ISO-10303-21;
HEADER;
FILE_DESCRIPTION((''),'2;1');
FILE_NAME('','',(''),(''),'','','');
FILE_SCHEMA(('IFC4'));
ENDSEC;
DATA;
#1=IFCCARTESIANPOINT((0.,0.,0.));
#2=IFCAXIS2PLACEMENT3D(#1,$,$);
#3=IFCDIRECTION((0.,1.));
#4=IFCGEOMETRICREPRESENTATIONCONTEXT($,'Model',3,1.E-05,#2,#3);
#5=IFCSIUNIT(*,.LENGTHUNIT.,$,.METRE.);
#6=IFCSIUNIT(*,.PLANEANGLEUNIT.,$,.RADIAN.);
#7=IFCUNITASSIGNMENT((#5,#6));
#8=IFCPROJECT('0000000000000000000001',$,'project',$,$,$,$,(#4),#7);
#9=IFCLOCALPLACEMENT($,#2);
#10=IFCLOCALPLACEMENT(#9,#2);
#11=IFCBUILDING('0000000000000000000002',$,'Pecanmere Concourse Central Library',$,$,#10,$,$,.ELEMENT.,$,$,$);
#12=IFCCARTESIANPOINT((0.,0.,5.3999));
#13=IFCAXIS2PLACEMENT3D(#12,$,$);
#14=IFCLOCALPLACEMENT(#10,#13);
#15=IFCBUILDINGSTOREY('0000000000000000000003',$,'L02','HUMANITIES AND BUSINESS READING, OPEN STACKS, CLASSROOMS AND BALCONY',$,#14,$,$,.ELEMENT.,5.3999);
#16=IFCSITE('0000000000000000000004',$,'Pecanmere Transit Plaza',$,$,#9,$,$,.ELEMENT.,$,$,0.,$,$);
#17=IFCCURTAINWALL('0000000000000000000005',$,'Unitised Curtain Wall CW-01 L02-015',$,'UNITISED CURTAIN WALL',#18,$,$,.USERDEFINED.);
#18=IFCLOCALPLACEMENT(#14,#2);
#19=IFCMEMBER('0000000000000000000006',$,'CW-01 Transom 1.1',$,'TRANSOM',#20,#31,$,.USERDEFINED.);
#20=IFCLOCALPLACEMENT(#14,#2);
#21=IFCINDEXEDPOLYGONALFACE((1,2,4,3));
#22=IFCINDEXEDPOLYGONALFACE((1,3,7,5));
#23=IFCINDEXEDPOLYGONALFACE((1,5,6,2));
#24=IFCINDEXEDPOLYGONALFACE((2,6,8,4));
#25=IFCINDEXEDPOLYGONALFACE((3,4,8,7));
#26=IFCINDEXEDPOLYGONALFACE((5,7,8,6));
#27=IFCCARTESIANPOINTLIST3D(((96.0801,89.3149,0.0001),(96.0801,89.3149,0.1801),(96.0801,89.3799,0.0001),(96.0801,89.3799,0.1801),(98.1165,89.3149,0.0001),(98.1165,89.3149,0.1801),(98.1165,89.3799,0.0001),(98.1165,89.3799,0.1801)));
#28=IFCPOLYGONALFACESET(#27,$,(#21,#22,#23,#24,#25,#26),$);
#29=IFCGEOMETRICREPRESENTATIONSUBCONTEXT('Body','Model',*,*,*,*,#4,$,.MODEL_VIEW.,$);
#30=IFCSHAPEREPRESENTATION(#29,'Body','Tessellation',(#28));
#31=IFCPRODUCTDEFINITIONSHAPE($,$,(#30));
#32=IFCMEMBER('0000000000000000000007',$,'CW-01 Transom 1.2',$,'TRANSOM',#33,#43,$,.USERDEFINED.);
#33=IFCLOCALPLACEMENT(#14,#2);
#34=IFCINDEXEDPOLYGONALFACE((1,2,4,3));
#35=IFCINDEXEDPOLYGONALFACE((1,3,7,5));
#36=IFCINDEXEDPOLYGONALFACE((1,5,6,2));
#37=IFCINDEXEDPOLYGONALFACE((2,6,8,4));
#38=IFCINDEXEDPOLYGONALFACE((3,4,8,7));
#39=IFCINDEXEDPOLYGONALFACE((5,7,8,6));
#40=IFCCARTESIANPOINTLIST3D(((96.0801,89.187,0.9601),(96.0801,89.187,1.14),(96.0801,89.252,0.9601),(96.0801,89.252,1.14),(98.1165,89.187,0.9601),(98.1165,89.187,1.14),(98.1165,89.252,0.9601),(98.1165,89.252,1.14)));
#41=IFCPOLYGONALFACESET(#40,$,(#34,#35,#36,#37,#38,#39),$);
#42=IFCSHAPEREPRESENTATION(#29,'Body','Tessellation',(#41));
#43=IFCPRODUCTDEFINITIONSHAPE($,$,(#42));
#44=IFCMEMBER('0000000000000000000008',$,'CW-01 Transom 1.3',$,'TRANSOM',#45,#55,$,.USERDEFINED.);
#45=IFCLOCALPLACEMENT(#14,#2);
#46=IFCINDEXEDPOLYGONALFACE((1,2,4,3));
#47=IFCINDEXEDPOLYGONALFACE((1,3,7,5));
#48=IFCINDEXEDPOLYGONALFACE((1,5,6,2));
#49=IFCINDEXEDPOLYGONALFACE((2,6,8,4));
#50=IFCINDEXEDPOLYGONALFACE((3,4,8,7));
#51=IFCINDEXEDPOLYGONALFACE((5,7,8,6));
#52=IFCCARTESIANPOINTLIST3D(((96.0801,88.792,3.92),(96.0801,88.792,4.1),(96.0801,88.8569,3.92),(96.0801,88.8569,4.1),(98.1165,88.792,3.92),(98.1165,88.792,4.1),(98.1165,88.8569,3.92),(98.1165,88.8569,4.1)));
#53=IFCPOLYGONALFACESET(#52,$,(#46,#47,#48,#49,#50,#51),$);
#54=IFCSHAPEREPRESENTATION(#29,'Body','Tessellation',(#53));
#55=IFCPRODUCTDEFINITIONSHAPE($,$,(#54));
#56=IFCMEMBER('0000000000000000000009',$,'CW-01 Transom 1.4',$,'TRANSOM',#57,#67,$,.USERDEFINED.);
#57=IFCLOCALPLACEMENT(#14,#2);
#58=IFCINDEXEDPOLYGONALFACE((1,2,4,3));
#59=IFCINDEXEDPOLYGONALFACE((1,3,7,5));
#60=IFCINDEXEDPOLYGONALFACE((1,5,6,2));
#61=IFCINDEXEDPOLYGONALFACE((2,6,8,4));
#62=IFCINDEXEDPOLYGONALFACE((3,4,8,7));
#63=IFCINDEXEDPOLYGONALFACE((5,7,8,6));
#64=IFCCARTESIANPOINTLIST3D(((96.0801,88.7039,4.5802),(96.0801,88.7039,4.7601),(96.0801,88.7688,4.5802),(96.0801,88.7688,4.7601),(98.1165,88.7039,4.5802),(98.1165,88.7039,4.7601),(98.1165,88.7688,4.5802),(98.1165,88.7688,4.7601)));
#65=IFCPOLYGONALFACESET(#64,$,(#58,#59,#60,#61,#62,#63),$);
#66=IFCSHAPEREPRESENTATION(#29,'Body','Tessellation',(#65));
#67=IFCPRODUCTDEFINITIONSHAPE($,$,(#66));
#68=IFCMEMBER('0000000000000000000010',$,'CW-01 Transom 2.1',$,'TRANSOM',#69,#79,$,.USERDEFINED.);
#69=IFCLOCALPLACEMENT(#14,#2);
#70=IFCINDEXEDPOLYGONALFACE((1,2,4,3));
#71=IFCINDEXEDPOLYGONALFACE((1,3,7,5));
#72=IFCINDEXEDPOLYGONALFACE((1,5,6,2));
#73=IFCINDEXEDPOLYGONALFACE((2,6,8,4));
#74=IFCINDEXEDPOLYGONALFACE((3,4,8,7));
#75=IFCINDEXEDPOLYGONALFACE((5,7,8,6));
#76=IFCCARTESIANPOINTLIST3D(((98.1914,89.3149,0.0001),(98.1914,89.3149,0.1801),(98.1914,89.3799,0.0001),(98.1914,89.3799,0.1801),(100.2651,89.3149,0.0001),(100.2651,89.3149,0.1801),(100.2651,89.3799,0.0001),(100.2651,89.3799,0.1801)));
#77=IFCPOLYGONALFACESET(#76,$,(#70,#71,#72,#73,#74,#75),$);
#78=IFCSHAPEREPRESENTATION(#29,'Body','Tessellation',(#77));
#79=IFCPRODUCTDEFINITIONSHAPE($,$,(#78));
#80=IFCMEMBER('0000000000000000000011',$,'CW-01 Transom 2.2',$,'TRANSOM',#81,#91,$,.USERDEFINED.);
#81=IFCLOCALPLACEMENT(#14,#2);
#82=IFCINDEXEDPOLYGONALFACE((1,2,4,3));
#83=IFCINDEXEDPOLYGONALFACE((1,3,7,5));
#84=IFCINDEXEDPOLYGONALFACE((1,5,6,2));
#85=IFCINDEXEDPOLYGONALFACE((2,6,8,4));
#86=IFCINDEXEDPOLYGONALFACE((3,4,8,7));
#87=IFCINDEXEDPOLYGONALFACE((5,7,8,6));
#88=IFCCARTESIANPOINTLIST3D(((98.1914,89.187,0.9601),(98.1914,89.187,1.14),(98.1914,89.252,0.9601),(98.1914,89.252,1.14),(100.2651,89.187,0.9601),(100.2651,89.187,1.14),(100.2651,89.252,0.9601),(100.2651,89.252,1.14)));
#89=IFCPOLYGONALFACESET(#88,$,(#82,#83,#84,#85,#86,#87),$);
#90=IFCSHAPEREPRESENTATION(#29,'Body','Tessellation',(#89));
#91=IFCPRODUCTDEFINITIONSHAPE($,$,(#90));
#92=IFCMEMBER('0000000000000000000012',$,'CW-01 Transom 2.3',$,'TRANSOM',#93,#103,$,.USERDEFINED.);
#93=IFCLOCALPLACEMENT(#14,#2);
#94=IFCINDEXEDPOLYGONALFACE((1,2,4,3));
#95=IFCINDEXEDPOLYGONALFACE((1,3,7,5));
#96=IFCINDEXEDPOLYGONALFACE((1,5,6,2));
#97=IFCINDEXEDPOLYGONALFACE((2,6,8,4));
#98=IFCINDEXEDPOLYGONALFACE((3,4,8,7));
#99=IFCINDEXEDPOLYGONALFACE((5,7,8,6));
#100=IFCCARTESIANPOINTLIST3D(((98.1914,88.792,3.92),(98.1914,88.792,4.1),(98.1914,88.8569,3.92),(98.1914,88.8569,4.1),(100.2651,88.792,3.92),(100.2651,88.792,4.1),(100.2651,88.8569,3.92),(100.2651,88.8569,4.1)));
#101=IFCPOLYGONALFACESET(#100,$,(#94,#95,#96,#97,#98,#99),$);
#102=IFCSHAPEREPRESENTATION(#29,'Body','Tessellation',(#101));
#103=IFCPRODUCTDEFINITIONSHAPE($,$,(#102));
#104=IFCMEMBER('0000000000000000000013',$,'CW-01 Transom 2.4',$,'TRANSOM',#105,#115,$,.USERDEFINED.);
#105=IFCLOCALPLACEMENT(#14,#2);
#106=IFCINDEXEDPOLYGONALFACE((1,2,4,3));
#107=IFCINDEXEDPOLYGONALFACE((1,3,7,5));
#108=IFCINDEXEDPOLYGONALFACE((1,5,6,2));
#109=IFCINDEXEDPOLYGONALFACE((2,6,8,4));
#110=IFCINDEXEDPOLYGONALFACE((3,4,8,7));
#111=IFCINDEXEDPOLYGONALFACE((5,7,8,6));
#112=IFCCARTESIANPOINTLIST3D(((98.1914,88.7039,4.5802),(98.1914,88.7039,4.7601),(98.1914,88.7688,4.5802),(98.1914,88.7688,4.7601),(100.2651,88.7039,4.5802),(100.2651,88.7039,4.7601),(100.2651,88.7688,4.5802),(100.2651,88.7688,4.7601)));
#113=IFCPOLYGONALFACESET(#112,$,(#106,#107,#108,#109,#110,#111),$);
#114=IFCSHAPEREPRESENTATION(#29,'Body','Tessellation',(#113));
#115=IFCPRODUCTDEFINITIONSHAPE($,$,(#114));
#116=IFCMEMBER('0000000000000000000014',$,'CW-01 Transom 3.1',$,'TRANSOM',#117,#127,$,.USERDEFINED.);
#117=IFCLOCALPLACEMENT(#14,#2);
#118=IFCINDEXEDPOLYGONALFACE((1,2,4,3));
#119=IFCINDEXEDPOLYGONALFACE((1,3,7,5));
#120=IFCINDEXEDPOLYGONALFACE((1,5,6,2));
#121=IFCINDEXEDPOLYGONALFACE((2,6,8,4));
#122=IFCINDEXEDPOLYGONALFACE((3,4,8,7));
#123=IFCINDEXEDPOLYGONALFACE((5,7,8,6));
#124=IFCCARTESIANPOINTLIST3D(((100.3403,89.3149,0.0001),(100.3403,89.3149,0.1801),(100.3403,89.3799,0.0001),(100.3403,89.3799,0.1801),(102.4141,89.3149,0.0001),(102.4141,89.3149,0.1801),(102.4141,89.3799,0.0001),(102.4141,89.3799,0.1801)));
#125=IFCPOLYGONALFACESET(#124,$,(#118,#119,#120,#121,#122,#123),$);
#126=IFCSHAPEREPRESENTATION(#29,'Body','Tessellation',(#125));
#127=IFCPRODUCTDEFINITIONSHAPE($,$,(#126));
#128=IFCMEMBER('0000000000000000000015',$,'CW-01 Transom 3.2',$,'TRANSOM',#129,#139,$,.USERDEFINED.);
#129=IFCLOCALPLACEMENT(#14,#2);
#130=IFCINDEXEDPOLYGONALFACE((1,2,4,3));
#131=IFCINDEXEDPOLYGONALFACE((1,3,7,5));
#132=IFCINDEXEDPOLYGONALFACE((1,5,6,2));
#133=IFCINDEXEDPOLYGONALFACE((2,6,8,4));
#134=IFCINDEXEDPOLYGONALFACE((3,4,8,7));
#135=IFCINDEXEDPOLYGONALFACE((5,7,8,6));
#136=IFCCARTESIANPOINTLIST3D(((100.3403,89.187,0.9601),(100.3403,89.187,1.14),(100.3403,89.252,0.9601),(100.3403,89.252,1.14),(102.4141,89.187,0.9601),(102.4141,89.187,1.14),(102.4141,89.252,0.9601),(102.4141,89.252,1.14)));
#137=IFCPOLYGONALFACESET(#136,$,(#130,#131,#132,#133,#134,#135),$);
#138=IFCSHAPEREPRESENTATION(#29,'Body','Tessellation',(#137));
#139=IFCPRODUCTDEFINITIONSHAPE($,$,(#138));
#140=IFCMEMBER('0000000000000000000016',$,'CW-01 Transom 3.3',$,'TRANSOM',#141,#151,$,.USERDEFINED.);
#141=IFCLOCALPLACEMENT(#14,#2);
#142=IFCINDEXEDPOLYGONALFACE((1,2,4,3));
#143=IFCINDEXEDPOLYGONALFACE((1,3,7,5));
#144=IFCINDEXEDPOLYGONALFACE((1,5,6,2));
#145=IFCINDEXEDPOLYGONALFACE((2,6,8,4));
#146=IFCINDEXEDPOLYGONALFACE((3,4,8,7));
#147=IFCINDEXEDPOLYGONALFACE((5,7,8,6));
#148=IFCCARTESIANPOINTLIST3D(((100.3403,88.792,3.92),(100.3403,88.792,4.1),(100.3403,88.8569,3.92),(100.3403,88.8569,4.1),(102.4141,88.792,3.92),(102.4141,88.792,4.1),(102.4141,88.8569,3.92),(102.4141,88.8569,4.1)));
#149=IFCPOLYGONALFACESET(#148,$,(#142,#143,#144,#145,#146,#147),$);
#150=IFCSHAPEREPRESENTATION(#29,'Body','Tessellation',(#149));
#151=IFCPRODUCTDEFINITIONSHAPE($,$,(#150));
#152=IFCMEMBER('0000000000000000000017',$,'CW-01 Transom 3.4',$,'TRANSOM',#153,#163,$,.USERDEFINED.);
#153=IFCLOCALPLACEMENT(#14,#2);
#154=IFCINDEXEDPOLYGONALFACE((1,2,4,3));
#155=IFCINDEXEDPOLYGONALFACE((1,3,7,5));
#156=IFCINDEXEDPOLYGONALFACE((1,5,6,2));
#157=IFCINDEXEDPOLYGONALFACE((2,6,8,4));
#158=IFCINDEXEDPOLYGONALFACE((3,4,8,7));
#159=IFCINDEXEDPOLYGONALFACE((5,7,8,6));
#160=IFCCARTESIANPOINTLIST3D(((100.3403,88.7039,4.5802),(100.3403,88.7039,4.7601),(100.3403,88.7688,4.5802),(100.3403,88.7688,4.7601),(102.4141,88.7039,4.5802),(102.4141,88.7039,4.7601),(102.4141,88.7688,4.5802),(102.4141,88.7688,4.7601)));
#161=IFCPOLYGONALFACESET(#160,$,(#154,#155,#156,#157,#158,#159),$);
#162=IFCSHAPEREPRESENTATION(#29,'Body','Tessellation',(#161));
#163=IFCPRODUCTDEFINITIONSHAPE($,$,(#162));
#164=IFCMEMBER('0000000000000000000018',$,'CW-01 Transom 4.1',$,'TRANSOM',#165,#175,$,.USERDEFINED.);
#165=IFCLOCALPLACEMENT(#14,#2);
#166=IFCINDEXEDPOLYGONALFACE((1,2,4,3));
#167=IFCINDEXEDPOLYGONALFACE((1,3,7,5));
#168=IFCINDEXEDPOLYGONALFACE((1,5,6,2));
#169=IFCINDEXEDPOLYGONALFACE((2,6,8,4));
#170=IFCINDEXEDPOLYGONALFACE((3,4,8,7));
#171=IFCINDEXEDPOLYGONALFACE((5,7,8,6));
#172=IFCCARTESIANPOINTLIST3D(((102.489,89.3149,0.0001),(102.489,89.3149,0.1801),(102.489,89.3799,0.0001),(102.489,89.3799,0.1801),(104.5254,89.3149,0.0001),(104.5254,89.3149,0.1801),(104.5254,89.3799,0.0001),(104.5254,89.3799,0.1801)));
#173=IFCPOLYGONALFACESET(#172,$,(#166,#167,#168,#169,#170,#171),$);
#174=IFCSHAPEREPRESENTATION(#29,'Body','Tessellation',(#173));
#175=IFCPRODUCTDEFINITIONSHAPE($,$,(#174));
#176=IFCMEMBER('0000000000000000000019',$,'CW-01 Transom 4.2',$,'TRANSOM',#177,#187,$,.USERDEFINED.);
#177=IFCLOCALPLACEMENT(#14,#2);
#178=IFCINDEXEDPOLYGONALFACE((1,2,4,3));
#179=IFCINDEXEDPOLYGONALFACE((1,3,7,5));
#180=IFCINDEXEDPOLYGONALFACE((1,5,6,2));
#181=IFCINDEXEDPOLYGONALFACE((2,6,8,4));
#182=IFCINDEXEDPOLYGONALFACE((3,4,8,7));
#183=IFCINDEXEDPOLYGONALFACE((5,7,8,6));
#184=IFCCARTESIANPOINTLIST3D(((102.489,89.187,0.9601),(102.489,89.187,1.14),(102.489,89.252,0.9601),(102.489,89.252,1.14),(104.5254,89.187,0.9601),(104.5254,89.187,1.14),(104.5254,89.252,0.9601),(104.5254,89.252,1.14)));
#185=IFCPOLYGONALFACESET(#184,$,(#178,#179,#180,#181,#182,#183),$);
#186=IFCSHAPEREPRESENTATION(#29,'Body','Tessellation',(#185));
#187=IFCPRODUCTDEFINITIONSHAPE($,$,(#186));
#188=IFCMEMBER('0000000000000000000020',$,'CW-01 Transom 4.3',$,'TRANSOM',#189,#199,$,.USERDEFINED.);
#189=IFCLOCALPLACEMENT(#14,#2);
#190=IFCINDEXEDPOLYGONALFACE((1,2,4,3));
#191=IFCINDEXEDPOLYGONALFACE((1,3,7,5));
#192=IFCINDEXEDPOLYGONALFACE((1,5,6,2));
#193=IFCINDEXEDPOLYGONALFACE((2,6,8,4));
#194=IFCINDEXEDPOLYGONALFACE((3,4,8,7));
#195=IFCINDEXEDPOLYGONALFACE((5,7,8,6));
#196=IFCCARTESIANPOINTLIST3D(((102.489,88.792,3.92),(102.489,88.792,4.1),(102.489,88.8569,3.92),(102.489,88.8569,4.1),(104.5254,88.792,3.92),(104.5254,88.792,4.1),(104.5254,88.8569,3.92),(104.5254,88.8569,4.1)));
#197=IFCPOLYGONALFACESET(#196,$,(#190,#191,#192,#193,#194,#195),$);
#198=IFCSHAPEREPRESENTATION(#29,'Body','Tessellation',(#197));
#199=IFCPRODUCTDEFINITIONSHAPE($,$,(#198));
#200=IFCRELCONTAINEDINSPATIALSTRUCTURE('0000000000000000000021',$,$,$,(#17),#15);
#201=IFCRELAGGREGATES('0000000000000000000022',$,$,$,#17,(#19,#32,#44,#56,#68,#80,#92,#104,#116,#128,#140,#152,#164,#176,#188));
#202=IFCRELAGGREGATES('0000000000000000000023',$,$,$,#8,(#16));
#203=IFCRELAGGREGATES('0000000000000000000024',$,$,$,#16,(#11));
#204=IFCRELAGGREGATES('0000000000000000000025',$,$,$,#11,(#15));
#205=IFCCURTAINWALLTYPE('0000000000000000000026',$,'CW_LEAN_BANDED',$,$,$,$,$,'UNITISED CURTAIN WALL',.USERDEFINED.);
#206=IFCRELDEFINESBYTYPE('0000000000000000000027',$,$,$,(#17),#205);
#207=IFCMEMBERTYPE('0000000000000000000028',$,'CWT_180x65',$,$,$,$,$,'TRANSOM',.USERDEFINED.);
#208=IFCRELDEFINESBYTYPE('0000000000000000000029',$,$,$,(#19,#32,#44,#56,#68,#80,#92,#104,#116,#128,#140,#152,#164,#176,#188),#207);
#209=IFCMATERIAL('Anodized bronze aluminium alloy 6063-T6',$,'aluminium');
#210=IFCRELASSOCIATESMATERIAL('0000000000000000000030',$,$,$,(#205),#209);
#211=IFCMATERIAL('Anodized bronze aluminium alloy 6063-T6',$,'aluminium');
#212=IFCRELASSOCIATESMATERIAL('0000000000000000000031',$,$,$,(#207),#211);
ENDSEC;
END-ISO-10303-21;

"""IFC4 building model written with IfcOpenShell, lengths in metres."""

from ifc_helpers import new_model, si_unit, direction, frame, origin, origin_2d, place, context, subcontext, project, spatial, rectangle, extrude, material, material_profile, profile_set, type_object, element, aggregate, save


model = new_model("IFC4")

# Units and contexts
model_context = context("Model", 3, precision=1e-05, world=origin(), true_north=direction((0.0, 1.0)))
body_context = subcontext(model_context, "Body", "Model", "MODEL_VIEW")
ifc_project = project(units=[si_unit("LENGTHUNIT", "METRE"), si_unit("PLANEANGLEUNIT", "RADIAN")], contexts=[model_context])

# Site, building, storey
site_placement = place(None, origin())
site = spatial("IfcSite", under=ifc_project, at=site_placement, Name="Pecanmere Transit Plaza", CompositionType="ELEMENT", RefElevation=0.0)
building_placement = place(site_placement, origin())
building = spatial("IfcBuilding", under=site, at=building_placement, Name="Pecanmere Concourse Central Library", CompositionType="ELEMENT")
storey_placement = place(building_placement, frame((0.0, 0.0, 5.3999)))
storey = spatial("IfcBuildingStorey", under=building, at=storey_placement, Name="L02", Description="HUMANITIES AND BUSINESS READING, OPEN STACKS, CLASSROOMS AND BALCONY", CompositionType="ELEMENT", Elevation=5.3999)

# Curtain wall, members
ifc_material_1 = material(Name="Anodized bronze aluminium alloy 6063-T6", Category="aluminium")
curtain_wall_type = type_object("IfcCurtainWallType", Name="CW_LEAN_BANDED", ElementType="UNITISED CURTAIN WALL", PredefinedType="USERDEFINED", material=ifc_material_1)
curtain_wall_placement = place(storey_placement, origin())
curtain_wall = element("IfcCurtainWall", 1, at=curtain_wall_placement, inside=storey, type_object=curtain_wall_type, Name="Unitised Curtain Wall CW-01 L02-015", ObjectType="UNITISED CURTAIN WALL", PredefinedType="USERDEFINED")
ifc_material_2 = material(Name="Anodized bronze aluminium alloy 6063-T6", Category="aluminium")
ifc_material_profile_1 = material_profile(ifc_material_2, rectangle(XDim=0.0649, YDim=0.1799, at=origin_2d()), Name="AL 65x180")
ifc_profile_set_1 = profile_set([ifc_material_profile_1], Name="Anodized bronze aluminium alloy 6063-T6")
member_type = type_object("IfcMemberType", Name="CWT_180x65", ElementType="TRANSOM", PredefinedType="USERDEFINED", material=ifc_profile_set_1)
member_1_placement = place(storey_placement, frame((96.0801, 89.3474, 0.0901), z_axis=(1.0, 0.0, 0.0), x_axis=(0.0, 1.0, 0.0)))
member_1 = element("IfcMember", 2, at=member_1_placement, type_object=member_type, Name="CW-01 Transom 1.1", ObjectType="TRANSOM", PredefinedType="USERDEFINED", context=body_context, shape_type="SweptSolid", body=[
    extrude(rectangle(XDim=0.0649, YDim=0.1799, at=origin_2d()), origin(), (0.0, 0.0, 1.0), 2.0364),
])
member_2_placement = place(storey_placement, frame((96.0801, 89.2195, 1.05), z_axis=(1.0, 0.0, 0.0), x_axis=(0.0, 1.0, 0.0)))
member_2 = element("IfcMember", 3, at=member_2_placement, type_object=member_type, Name="CW-01 Transom 1.2", ObjectType="TRANSOM", PredefinedType="USERDEFINED", context=body_context, shape_type="SweptSolid", body=[
    extrude(rectangle(XDim=0.0649, YDim=0.1799, at=origin_2d()), origin(), (0.0, 0.0, 1.0), 2.0364),
])
member_3_placement = place(storey_placement, frame((96.0801, 88.8245, 4.01), z_axis=(1.0, 0.0, 0.0), x_axis=(0.0, 1.0, 0.0)))
member_3 = element("IfcMember", 4, at=member_3_placement, type_object=member_type, Name="CW-01 Transom 1.3", ObjectType="TRANSOM", PredefinedType="USERDEFINED", context=body_context, shape_type="SweptSolid", body=[
    extrude(rectangle(XDim=0.0649, YDim=0.1799, at=origin_2d()), origin(), (0.0, 0.0, 1.0), 2.0364),
])
member_4_placement = place(storey_placement, frame((96.0801, 88.7363, 4.6702), z_axis=(1.0, 0.0, 0.0), x_axis=(0.0, 1.0, 0.0)))
member_4 = element("IfcMember", 5, at=member_4_placement, type_object=member_type, Name="CW-01 Transom 1.4", ObjectType="TRANSOM", PredefinedType="USERDEFINED", context=body_context, shape_type="SweptSolid", body=[
    extrude(rectangle(XDim=0.0649, YDim=0.1799, at=origin_2d()), origin(), (0.0, 0.0, 1.0), 2.0364),
])
member_5_placement = place(storey_placement, frame((98.1914, 89.3474, 0.0901), z_axis=(1.0, 0.0, 0.0), x_axis=(0.0, 1.0, 0.0)))
member_5 = element("IfcMember", 6, at=member_5_placement, type_object=member_type, Name="CW-01 Transom 2.1", ObjectType="TRANSOM", PredefinedType="USERDEFINED", context=body_context, shape_type="SweptSolid", body=[
    extrude(rectangle(XDim=0.0649, YDim=0.1799, at=origin_2d()), origin(), (0.0, 0.0, 1.0), 2.0737),
])
member_6_placement = place(storey_placement, frame((98.1914, 89.2195, 1.05), z_axis=(1.0, 0.0, 0.0), x_axis=(0.0, 1.0, 0.0)))
member_6 = element("IfcMember", 7, at=member_6_placement, type_object=member_type, Name="CW-01 Transom 2.2", ObjectType="TRANSOM", PredefinedType="USERDEFINED", context=body_context, shape_type="SweptSolid", body=[
    extrude(rectangle(XDim=0.0649, YDim=0.1799, at=origin_2d()), origin(), (0.0, 0.0, 1.0), 2.0737),
])
member_7_placement = place(storey_placement, frame((98.1914, 88.8245, 4.01), z_axis=(1.0, 0.0, 0.0), x_axis=(0.0, 1.0, 0.0)))
member_7 = element("IfcMember", 8, at=member_7_placement, type_object=member_type, Name="CW-01 Transom 2.3", ObjectType="TRANSOM", PredefinedType="USERDEFINED", context=body_context, shape_type="SweptSolid", body=[
    extrude(rectangle(XDim=0.0649, YDim=0.1799, at=origin_2d()), origin(), (0.0, 0.0, 1.0), 2.0737),
])
member_8_placement = place(storey_placement, frame((98.1914, 88.7363, 4.6702), z_axis=(1.0, 0.0, 0.0), x_axis=(0.0, 1.0, 0.0)))
member_8 = element("IfcMember", 9, at=member_8_placement, type_object=member_type, Name="CW-01 Transom 2.4", ObjectType="TRANSOM", PredefinedType="USERDEFINED", context=body_context, shape_type="SweptSolid", body=[
    extrude(rectangle(XDim=0.0649, YDim=0.1799, at=origin_2d()), origin(), (0.0, 0.0, 1.0), 2.0737),
])
member_9_placement = place(storey_placement, frame((100.3403, 89.3474, 0.0901), z_axis=(1.0, 0.0, 0.0), x_axis=(0.0, 1.0, 0.0)))
member_9 = element("IfcMember", 10, at=member_9_placement, type_object=member_type, Name="CW-01 Transom 3.1", ObjectType="TRANSOM", PredefinedType="USERDEFINED", context=body_context, shape_type="SweptSolid", body=[
    extrude(rectangle(XDim=0.0649, YDim=0.1799, at=origin_2d()), origin(), (0.0, 0.0, 1.0), 2.0737),
])
member_10_placement = place(storey_placement, frame((100.3403, 89.2195, 1.05), z_axis=(1.0, 0.0, 0.0), x_axis=(0.0, 1.0, 0.0)))
member_10 = element("IfcMember", 11, at=member_10_placement, type_object=member_type, Name="CW-01 Transom 3.2", ObjectType="TRANSOM", PredefinedType="USERDEFINED", context=body_context, shape_type="SweptSolid", body=[
    extrude(rectangle(XDim=0.0649, YDim=0.1799, at=origin_2d()), origin(), (0.0, 0.0, 1.0), 2.0737),
])
member_11_placement = place(storey_placement, frame((100.3403, 88.8245, 4.01), z_axis=(1.0, 0.0, 0.0), x_axis=(0.0, 1.0, 0.0)))
member_11 = element("IfcMember", 12, at=member_11_placement, type_object=member_type, Name="CW-01 Transom 3.3", ObjectType="TRANSOM", PredefinedType="USERDEFINED", context=body_context, shape_type="SweptSolid", body=[
    extrude(rectangle(XDim=0.0649, YDim=0.1799, at=origin_2d()), origin(), (0.0, 0.0, 1.0), 2.0737),
])
member_12_placement = place(storey_placement, frame((100.3403, 88.7363, 4.6702), z_axis=(1.0, 0.0, 0.0), x_axis=(0.0, 1.0, 0.0)))
member_12 = element("IfcMember", 13, at=member_12_placement, type_object=member_type, Name="CW-01 Transom 3.4", ObjectType="TRANSOM", PredefinedType="USERDEFINED", context=body_context, shape_type="SweptSolid", body=[
    extrude(rectangle(XDim=0.0649, YDim=0.1799, at=origin_2d()), origin(), (0.0, 0.0, 1.0), 2.0737),
])
member_13_placement = place(storey_placement, frame((102.489, 89.3474, 0.0901), z_axis=(1.0, 0.0, 0.0), x_axis=(0.0, 1.0, 0.0)))
member_13 = element("IfcMember", 14, at=member_13_placement, type_object=member_type, Name="CW-01 Transom 4.1", ObjectType="TRANSOM", PredefinedType="USERDEFINED", context=body_context, shape_type="SweptSolid", body=[
    extrude(rectangle(XDim=0.0649, YDim=0.1799, at=origin_2d()), origin(), (0.0, 0.0, 1.0), 2.0364),
])
member_14_placement = place(storey_placement, frame((102.489, 89.2195, 1.05), z_axis=(1.0, 0.0, 0.0), x_axis=(0.0, 1.0, 0.0)))
member_14 = element("IfcMember", 15, at=member_14_placement, type_object=member_type, Name="CW-01 Transom 4.2", ObjectType="TRANSOM", PredefinedType="USERDEFINED", context=body_context, shape_type="SweptSolid", body=[
    extrude(rectangle(XDim=0.0649, YDim=0.1799, at=origin_2d()), origin(), (0.0, 0.0, 1.0), 2.0364),
])
member_15_placement = place(storey_placement, frame((102.489, 88.8245, 4.01), z_axis=(1.0, 0.0, 0.0), x_axis=(0.0, 1.0, 0.0)))
member_15 = element("IfcMember", 16, at=member_15_placement, type_object=member_type, Name="CW-01 Transom 4.3", ObjectType="TRANSOM", PredefinedType="USERDEFINED", context=body_context, shape_type="SweptSolid", body=[
    extrude(rectangle(XDim=0.0649, YDim=0.1799, at=origin_2d()), origin(), (0.0, 0.0, 1.0), 2.0364),
])

aggregate(curtain_wall, [member_1, member_2, member_3, member_4, member_5, member_6, member_7, member_8, member_9, member_10, member_11, member_12, member_13, member_14, member_15])

save(model, "model.ifc")
